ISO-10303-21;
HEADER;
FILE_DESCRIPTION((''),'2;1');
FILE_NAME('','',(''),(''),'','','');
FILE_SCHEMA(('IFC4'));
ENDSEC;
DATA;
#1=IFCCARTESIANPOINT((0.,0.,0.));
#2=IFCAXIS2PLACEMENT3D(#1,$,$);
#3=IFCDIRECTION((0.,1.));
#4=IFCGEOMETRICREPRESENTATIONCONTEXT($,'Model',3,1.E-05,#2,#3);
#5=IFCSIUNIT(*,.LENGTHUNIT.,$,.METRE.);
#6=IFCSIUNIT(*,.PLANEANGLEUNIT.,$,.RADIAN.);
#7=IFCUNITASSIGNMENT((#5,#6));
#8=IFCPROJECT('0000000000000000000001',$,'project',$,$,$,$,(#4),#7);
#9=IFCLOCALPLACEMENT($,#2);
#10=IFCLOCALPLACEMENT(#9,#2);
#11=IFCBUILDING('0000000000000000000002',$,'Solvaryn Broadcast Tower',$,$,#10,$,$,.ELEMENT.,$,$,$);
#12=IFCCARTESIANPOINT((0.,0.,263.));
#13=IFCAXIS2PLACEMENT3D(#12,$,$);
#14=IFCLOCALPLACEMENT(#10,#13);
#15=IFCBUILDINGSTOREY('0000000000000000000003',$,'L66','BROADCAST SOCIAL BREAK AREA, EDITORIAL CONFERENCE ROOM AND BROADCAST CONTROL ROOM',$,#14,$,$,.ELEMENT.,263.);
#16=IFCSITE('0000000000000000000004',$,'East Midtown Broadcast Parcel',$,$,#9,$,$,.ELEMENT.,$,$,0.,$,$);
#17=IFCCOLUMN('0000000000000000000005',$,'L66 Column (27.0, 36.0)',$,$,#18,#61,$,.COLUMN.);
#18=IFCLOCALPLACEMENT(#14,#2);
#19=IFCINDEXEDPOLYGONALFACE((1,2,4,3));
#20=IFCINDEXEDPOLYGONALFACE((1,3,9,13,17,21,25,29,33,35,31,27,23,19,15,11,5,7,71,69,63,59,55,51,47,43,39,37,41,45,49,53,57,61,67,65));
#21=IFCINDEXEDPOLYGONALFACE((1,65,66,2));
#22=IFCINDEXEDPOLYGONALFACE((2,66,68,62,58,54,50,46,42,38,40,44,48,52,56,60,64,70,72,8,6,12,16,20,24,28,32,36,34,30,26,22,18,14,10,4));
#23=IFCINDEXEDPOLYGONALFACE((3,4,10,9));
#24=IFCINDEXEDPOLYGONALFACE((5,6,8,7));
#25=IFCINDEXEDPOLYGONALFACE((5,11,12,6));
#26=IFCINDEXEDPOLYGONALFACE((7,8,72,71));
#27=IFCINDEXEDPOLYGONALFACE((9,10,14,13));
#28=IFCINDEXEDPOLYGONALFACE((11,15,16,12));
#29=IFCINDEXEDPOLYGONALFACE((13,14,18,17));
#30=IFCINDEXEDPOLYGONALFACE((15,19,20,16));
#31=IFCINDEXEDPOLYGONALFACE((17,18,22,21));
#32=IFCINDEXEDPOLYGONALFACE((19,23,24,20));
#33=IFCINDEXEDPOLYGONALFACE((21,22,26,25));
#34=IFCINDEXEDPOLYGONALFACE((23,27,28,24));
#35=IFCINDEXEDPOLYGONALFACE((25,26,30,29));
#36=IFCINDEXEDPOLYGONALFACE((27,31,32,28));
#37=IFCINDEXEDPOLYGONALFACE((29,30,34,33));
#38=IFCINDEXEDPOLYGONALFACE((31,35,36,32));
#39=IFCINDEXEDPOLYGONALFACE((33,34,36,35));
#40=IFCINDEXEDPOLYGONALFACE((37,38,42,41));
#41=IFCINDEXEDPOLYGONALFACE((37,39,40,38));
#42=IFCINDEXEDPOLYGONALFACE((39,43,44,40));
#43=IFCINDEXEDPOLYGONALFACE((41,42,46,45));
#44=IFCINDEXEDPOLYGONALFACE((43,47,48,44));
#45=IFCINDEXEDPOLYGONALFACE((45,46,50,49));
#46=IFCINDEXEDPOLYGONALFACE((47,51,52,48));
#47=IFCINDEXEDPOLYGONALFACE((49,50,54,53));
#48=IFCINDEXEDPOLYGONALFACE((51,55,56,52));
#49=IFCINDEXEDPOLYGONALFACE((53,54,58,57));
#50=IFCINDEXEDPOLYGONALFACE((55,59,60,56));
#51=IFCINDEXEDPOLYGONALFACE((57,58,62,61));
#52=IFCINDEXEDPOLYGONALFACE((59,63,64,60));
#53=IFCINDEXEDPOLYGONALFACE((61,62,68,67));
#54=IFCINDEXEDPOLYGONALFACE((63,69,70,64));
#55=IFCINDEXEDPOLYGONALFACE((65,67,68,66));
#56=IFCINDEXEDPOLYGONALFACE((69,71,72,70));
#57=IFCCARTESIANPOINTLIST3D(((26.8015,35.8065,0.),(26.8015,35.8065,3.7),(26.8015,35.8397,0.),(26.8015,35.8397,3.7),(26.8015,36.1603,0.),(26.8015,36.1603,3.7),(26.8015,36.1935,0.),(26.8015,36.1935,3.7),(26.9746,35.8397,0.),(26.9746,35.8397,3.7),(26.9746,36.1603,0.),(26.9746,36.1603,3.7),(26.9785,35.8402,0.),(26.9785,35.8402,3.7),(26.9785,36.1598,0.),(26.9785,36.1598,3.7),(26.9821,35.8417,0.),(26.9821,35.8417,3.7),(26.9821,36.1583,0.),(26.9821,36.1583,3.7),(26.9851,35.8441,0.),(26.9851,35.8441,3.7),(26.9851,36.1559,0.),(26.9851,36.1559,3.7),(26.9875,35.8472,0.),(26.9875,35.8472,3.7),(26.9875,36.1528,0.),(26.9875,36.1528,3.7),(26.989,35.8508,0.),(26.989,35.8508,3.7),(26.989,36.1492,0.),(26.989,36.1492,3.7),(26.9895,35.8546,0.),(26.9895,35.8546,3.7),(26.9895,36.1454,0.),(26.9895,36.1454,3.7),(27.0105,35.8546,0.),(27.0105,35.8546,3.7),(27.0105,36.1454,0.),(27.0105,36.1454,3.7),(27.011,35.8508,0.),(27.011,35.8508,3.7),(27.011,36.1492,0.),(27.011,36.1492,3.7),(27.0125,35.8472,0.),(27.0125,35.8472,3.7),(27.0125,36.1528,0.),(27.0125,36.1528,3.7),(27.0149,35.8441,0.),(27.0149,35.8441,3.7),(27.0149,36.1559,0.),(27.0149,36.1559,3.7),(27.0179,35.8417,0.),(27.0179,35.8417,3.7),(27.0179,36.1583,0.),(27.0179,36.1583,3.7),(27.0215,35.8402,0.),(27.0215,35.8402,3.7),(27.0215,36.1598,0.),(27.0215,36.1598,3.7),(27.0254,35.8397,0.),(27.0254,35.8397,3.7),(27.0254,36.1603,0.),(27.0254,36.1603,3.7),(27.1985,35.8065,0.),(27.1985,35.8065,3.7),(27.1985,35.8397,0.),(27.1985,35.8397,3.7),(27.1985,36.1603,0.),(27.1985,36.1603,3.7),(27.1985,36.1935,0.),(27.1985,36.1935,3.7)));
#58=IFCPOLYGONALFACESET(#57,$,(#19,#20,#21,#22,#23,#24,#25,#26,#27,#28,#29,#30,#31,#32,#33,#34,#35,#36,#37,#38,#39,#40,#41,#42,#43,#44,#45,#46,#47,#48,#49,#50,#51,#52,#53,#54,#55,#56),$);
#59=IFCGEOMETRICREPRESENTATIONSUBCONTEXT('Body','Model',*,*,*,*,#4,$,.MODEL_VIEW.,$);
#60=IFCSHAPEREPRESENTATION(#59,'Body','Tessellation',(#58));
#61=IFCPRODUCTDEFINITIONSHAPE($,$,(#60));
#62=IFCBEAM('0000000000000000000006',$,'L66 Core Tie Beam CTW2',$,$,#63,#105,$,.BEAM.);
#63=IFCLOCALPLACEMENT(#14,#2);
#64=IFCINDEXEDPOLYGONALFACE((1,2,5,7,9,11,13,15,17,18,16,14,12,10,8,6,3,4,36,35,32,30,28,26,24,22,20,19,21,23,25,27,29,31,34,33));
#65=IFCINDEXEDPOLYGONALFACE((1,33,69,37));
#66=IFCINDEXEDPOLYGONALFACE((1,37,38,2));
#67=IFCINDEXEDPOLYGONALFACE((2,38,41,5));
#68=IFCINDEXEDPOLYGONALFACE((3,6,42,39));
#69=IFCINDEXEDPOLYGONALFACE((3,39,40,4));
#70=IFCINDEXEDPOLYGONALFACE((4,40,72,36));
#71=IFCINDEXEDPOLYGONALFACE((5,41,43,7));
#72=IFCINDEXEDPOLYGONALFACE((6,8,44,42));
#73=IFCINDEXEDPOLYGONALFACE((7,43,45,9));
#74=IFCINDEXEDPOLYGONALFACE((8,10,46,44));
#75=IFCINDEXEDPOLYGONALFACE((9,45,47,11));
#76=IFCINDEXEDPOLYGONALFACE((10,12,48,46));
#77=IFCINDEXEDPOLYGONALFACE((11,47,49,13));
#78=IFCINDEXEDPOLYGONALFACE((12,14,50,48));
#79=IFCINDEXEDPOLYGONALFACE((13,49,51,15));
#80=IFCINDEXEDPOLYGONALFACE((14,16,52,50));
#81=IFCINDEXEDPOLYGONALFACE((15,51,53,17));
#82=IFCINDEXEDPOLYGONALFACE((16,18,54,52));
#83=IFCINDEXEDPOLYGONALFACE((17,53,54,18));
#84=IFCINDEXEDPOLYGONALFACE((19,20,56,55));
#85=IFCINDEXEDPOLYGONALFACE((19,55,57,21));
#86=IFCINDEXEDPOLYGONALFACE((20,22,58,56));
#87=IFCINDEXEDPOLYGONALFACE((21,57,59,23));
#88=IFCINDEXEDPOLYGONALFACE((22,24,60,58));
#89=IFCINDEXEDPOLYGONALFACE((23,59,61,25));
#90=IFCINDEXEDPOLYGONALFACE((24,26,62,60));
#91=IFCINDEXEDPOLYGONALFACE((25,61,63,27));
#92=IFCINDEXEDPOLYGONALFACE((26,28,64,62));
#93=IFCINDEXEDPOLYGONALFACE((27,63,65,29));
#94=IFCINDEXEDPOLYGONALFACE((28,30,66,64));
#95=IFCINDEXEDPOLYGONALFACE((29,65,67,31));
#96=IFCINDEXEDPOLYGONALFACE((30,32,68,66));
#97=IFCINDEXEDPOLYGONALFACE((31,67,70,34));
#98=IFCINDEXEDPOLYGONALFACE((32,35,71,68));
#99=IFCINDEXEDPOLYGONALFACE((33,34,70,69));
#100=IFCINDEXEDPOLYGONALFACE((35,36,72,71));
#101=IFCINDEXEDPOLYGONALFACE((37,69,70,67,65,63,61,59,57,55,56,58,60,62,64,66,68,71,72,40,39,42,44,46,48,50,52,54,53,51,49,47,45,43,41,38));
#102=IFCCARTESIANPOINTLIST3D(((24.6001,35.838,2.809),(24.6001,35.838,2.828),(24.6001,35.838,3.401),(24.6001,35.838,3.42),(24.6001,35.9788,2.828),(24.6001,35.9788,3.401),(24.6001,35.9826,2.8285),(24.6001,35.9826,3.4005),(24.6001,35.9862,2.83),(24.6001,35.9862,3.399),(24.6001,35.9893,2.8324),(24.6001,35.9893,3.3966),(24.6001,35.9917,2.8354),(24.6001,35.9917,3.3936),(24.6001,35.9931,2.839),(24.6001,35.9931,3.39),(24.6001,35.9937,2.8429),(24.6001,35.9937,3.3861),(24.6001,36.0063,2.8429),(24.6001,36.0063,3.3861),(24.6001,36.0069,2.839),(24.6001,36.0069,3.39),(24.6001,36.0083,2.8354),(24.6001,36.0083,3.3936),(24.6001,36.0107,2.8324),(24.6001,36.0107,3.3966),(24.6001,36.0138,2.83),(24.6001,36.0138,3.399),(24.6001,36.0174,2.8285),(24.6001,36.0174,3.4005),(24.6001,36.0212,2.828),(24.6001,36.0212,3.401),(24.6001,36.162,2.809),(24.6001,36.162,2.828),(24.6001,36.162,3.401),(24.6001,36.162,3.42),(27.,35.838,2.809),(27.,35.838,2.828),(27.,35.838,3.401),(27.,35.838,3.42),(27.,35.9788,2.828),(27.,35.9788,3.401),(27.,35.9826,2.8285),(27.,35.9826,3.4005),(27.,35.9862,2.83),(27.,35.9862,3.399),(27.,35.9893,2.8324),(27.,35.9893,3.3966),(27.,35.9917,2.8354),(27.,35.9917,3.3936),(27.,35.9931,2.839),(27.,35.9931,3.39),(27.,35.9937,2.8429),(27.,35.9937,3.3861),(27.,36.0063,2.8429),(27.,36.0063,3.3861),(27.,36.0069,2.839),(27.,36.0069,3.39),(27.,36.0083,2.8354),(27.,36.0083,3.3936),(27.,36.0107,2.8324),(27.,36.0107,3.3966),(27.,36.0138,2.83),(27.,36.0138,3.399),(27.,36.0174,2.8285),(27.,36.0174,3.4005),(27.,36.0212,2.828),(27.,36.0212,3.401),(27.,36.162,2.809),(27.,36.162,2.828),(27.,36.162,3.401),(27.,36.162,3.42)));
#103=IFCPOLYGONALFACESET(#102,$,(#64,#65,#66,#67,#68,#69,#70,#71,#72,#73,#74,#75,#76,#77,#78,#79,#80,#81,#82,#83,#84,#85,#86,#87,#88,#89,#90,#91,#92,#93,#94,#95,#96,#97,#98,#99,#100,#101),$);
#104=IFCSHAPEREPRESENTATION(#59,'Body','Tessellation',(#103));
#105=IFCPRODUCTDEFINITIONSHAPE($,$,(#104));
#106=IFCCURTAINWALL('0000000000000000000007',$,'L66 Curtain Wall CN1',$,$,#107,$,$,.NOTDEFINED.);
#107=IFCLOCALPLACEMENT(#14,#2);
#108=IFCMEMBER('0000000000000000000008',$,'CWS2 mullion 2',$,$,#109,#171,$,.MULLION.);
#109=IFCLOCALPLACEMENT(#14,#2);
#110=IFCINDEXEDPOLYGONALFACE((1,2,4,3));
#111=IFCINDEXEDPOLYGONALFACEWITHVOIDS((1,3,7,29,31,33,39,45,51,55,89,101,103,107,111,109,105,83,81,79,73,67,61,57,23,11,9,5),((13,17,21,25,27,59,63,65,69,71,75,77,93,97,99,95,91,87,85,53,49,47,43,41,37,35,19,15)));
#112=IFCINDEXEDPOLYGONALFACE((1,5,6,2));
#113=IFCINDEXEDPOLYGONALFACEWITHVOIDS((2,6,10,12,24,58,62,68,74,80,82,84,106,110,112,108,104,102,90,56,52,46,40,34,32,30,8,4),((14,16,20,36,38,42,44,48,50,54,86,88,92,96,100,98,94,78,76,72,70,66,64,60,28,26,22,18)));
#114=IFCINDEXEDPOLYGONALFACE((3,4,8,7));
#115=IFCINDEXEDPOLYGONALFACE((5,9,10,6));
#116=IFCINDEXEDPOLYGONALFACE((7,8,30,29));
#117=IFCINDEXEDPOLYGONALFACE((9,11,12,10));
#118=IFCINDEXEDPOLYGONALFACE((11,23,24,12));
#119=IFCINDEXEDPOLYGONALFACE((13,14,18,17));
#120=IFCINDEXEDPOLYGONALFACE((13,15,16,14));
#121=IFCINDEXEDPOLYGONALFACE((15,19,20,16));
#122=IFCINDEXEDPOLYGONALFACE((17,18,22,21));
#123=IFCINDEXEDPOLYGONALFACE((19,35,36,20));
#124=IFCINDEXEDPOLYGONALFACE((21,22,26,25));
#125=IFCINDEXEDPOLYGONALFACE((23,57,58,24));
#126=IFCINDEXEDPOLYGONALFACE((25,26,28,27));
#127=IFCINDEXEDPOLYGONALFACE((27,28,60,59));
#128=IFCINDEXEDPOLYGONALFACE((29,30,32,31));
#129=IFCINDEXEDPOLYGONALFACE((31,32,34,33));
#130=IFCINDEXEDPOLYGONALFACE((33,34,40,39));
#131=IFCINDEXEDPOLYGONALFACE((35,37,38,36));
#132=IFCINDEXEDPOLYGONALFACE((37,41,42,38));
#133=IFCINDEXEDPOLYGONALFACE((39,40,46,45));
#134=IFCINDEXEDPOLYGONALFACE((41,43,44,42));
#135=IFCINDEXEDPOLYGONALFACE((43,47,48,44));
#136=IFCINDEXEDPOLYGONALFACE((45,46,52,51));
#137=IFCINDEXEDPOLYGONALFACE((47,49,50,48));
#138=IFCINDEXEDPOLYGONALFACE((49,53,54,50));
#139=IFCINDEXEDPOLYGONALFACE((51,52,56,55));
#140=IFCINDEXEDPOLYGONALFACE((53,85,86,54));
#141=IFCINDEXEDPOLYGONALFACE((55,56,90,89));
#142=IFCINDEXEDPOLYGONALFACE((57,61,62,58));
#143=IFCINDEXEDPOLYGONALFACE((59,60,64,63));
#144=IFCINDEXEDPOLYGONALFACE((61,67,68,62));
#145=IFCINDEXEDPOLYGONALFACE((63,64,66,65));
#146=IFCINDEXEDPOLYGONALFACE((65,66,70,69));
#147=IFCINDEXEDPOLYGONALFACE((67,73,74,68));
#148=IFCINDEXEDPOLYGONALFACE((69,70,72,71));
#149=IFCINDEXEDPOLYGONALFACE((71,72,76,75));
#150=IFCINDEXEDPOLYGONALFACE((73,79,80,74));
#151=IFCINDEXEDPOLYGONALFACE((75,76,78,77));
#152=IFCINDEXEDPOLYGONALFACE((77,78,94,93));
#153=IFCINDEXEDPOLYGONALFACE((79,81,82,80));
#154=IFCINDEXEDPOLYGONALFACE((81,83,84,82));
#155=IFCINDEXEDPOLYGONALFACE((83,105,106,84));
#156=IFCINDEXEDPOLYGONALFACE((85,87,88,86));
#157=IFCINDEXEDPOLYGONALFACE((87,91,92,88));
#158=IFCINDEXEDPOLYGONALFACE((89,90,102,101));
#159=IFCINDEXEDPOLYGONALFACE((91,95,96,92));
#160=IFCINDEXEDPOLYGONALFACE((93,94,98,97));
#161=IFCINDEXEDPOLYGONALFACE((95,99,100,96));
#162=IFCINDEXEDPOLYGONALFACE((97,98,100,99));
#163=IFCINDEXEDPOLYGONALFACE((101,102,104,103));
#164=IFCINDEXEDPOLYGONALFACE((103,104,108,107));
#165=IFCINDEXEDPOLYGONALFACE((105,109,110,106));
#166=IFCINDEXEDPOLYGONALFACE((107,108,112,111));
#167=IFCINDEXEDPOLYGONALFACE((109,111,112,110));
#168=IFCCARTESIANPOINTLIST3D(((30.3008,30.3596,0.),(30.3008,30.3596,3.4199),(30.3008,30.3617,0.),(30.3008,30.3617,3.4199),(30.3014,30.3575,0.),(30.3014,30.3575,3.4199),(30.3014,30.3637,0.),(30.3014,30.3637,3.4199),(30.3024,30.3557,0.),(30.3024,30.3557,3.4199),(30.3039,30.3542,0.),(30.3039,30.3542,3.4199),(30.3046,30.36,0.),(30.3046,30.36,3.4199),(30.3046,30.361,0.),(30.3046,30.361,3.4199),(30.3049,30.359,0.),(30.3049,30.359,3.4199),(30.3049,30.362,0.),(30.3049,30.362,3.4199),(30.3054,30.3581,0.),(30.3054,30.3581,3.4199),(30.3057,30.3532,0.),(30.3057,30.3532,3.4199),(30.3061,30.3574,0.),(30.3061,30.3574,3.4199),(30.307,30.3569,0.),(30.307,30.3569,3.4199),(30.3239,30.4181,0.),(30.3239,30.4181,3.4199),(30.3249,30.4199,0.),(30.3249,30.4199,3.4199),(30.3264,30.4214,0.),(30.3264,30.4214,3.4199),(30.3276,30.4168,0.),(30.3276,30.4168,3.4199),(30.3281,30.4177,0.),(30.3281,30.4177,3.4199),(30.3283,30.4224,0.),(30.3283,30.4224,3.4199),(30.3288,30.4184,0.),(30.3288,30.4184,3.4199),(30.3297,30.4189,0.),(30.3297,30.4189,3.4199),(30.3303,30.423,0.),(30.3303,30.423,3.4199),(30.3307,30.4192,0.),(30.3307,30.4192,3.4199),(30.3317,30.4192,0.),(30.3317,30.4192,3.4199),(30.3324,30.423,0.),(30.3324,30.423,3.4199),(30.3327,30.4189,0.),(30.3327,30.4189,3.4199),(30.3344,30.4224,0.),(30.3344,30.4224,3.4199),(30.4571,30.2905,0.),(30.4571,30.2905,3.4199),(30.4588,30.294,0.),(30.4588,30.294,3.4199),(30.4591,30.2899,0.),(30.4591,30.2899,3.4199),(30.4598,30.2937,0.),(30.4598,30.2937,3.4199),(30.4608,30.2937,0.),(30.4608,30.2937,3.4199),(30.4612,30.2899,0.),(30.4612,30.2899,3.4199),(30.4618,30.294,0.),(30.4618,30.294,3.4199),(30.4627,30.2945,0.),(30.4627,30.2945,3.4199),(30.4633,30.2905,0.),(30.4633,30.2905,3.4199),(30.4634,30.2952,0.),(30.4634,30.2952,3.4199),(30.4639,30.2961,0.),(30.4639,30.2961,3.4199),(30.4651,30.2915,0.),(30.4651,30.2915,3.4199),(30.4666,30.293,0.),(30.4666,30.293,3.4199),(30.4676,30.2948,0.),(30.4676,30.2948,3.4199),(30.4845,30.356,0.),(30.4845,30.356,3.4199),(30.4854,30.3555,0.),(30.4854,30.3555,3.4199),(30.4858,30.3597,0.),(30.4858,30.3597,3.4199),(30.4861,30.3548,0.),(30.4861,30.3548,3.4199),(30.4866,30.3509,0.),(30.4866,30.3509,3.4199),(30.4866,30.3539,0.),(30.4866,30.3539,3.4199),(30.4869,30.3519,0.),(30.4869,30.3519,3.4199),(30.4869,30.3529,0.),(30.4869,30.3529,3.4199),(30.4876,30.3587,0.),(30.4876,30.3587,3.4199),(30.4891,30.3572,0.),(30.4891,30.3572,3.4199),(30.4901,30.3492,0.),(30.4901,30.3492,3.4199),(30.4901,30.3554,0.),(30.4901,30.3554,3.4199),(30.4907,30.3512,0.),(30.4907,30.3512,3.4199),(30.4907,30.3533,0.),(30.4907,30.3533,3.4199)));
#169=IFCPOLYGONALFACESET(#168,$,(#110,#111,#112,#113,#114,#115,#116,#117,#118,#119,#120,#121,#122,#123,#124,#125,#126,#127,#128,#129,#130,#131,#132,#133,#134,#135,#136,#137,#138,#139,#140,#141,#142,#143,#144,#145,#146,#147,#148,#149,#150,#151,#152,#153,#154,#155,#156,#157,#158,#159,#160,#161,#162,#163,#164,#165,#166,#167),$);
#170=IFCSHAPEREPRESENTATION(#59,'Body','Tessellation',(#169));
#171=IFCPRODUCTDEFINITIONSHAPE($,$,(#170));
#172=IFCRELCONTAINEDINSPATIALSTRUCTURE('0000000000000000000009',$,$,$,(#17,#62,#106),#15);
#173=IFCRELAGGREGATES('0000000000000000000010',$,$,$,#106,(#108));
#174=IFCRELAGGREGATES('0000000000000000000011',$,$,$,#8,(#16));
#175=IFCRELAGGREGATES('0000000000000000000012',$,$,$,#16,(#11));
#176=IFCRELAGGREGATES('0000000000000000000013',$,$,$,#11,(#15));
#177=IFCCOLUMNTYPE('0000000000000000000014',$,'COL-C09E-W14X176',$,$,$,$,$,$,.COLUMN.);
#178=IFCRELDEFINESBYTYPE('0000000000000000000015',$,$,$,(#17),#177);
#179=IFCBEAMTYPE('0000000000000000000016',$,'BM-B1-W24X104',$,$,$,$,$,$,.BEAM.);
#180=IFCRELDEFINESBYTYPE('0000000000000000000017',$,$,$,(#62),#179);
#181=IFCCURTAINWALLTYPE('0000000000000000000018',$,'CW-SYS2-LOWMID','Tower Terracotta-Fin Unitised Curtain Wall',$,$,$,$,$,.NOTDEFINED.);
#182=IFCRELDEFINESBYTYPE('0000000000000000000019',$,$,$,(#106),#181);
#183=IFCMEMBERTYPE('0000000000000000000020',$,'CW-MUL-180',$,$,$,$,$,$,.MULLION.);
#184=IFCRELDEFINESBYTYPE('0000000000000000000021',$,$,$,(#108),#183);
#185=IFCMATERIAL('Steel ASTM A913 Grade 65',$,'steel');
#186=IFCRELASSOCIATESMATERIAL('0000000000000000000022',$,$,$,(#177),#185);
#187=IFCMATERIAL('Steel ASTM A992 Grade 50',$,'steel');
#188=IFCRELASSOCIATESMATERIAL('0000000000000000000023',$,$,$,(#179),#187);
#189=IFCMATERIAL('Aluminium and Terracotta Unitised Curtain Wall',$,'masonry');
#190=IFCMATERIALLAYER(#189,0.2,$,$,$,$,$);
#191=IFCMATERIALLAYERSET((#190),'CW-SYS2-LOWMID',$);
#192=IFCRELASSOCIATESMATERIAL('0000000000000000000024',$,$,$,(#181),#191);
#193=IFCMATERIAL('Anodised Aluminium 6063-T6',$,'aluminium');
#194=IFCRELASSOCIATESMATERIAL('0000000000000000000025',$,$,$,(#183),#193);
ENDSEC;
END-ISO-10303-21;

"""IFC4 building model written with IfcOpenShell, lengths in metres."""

from ifc_helpers import new_model, si_unit, direction, frame, origin, origin_2d, place, context, subcontext, project, spatial, hollow_rectangle, i_section, extrude, material, layer, layer_set, material_profile, profile_set, type_object, element, aggregate, save


model = new_model("IFC4")

# Units and contexts
model_context = context("Model", 3, precision=1e-05, world=origin(), true_north=direction((0.0, 1.0)))
body_context = subcontext(model_context, "Body", "Model", "MODEL_VIEW")
ifc_project = project(units=[si_unit("LENGTHUNIT", "METRE"), si_unit("PLANEANGLEUNIT", "RADIAN")], contexts=[model_context])

# Site, building, storey
site_placement = place(None, origin())
site = spatial("IfcSite", under=ifc_project, at=site_placement, Name="East Midtown Broadcast Parcel", CompositionType="ELEMENT", RefElevation=0.0)
building_placement = place(site_placement, origin())
building = spatial("IfcBuilding", under=site, at=building_placement, Name="Solvaryn Broadcast Tower", CompositionType="ELEMENT")
storey_placement = place(building_placement, frame((0.0, 0.0, 263.0)))
storey = spatial("IfcBuildingStorey", under=building, at=storey_placement, Name="L66", Description="BROADCAST SOCIAL BREAK AREA, EDITORIAL CONFERENCE ROOM AND BROADCAST CONTROL ROOM", CompositionType="ELEMENT", Elevation=263.0)

# Column
ifc_material_1 = material(Name="Steel ASTM A913 Grade 65", Category="steel")
ifc_material_profile_1 = material_profile(ifc_material_1, i_section(OverallWidth=0.397, OverallDepth=0.387, WebThickness=0.021, FlangeThickness=0.0332, FilletRadius=0.0149, at=origin_2d()))
ifc_profile_set_1 = profile_set([ifc_material_profile_1], Name="Steel ASTM A913 Grade 65")
column_type = type_object("IfcColumnType", Name="COL-C09E-W14X176", PredefinedType="COLUMN", material=ifc_profile_set_1)
column_placement = place(storey_placement, frame((27.0, 36.0, 0.0), z_axis=(0.0, 0.0, 1.0), x_axis=(1.0, 0.0, 0.0)))
element("IfcColumn", 1, at=column_placement, inside=storey, type_object=column_type, Name="L66 Column (27.0, 36.0)", PredefinedType="COLUMN", context=body_context, shape_type="SweptSolid", body=[
    extrude(i_section(OverallWidth=0.397, OverallDepth=0.387, WebThickness=0.021, FlangeThickness=0.0332, FilletRadius=0.0149, at=origin_2d()), origin(), (0.0, 0.0, 1.0), 3.7),
])

# Beam
ifc_material_2 = material(Name="Steel ASTM A992 Grade 50", Category="steel")
ifc_material_profile_2 = material_profile(ifc_material_2, i_section(OverallWidth=0.324, OverallDepth=0.6111, WebThickness=0.0127, FlangeThickness=0.019, FilletRadius=0.0149, at=origin_2d()))
ifc_profile_set_2 = profile_set([ifc_material_profile_2], Name="Steel ASTM A992 Grade 50")
beam_type = type_object("IfcBeamType", Name="BM-B1-W24X104", PredefinedType="BEAM", material=ifc_profile_set_2)
beam_placement = place(storey_placement, frame((24.6001, 36.0, 3.1145), z_axis=(1.0, 0.0, 0.0), x_axis=(0.0, 1.0, 0.0)))
element("IfcBeam", 2, at=beam_placement, inside=storey, type_object=beam_type, Name="L66 Core Tie Beam CTW2", PredefinedType="BEAM", context=body_context, shape_type="SweptSolid", body=[
    extrude(i_section(OverallWidth=0.324, OverallDepth=0.6111, WebThickness=0.0127, FlangeThickness=0.019, FilletRadius=0.0149, at=origin_2d()), origin(), (0.0, 0.0, 1.0), 2.3999),
])

# Curtain wall, member
ifc_material_3 = material(Name="Aluminium and Terracotta Unitised Curtain Wall", Category="masonry")
ifc_layer_1 = layer(ifc_material_3, 0.2)
ifc_layer_set_1 = layer_set([ifc_layer_1], Name="CW-SYS2-LOWMID")
curtain_wall_type = type_object("IfcCurtainWallType", Name="CW-SYS2-LOWMID", Description="Tower Terracotta-Fin Unitised Curtain Wall", PredefinedType="NOTDEFINED", material=ifc_layer_set_1)
curtain_wall_1_placement = place(storey_placement, origin())
curtain_wall_1 = element("IfcCurtainWall", 3, at=curtain_wall_1_placement, inside=storey, type_object=curtain_wall_type, Name="L66 Curtain Wall CN1", PredefinedType="NOTDEFINED")
ifc_material_4 = material(Name="Anodised Aluminium 6063-T6", Category="aluminium")
ifc_material_profile_3 = material_profile(ifc_material_4, hollow_rectangle(XDim=0.075, YDim=0.1799, WallThickness=0.0039, InnerFilletRadius=0.0039, OuterFilletRadius=0.0081, at=origin_2d()))
ifc_profile_set_3 = profile_set([ifc_material_profile_3], Name="Anodised Aluminium 6063-T6")
member_type_1 = type_object("IfcMemberType", Name="CW-MUL-180", PredefinedType="MULLION", material=ifc_profile_set_3)
member_1_placement = place(storey_placement, frame((30.3958, 30.3564, 0.0), z_axis=(0.0, 0.0, 1.0), x_axis=(-0.382646, -0.923895, 0.0)))
member_1 = element("IfcMember", 4, at=member_1_placement, type_object=member_type_1, Name="CWS2 mullion 2", PredefinedType="MULLION", context=body_context, shape_type="SweptSolid", body=[
    extrude(hollow_rectangle(XDim=0.075, YDim=0.1799, WallThickness=0.0039, InnerFilletRadius=0.0039, OuterFilletRadius=0.0081, at=origin_2d()), origin(), (0.0, 0.0, 1.0), 3.4199),
])
aggregate(curtain_wall_1, [member_1])

save(model, "model.ifc")
